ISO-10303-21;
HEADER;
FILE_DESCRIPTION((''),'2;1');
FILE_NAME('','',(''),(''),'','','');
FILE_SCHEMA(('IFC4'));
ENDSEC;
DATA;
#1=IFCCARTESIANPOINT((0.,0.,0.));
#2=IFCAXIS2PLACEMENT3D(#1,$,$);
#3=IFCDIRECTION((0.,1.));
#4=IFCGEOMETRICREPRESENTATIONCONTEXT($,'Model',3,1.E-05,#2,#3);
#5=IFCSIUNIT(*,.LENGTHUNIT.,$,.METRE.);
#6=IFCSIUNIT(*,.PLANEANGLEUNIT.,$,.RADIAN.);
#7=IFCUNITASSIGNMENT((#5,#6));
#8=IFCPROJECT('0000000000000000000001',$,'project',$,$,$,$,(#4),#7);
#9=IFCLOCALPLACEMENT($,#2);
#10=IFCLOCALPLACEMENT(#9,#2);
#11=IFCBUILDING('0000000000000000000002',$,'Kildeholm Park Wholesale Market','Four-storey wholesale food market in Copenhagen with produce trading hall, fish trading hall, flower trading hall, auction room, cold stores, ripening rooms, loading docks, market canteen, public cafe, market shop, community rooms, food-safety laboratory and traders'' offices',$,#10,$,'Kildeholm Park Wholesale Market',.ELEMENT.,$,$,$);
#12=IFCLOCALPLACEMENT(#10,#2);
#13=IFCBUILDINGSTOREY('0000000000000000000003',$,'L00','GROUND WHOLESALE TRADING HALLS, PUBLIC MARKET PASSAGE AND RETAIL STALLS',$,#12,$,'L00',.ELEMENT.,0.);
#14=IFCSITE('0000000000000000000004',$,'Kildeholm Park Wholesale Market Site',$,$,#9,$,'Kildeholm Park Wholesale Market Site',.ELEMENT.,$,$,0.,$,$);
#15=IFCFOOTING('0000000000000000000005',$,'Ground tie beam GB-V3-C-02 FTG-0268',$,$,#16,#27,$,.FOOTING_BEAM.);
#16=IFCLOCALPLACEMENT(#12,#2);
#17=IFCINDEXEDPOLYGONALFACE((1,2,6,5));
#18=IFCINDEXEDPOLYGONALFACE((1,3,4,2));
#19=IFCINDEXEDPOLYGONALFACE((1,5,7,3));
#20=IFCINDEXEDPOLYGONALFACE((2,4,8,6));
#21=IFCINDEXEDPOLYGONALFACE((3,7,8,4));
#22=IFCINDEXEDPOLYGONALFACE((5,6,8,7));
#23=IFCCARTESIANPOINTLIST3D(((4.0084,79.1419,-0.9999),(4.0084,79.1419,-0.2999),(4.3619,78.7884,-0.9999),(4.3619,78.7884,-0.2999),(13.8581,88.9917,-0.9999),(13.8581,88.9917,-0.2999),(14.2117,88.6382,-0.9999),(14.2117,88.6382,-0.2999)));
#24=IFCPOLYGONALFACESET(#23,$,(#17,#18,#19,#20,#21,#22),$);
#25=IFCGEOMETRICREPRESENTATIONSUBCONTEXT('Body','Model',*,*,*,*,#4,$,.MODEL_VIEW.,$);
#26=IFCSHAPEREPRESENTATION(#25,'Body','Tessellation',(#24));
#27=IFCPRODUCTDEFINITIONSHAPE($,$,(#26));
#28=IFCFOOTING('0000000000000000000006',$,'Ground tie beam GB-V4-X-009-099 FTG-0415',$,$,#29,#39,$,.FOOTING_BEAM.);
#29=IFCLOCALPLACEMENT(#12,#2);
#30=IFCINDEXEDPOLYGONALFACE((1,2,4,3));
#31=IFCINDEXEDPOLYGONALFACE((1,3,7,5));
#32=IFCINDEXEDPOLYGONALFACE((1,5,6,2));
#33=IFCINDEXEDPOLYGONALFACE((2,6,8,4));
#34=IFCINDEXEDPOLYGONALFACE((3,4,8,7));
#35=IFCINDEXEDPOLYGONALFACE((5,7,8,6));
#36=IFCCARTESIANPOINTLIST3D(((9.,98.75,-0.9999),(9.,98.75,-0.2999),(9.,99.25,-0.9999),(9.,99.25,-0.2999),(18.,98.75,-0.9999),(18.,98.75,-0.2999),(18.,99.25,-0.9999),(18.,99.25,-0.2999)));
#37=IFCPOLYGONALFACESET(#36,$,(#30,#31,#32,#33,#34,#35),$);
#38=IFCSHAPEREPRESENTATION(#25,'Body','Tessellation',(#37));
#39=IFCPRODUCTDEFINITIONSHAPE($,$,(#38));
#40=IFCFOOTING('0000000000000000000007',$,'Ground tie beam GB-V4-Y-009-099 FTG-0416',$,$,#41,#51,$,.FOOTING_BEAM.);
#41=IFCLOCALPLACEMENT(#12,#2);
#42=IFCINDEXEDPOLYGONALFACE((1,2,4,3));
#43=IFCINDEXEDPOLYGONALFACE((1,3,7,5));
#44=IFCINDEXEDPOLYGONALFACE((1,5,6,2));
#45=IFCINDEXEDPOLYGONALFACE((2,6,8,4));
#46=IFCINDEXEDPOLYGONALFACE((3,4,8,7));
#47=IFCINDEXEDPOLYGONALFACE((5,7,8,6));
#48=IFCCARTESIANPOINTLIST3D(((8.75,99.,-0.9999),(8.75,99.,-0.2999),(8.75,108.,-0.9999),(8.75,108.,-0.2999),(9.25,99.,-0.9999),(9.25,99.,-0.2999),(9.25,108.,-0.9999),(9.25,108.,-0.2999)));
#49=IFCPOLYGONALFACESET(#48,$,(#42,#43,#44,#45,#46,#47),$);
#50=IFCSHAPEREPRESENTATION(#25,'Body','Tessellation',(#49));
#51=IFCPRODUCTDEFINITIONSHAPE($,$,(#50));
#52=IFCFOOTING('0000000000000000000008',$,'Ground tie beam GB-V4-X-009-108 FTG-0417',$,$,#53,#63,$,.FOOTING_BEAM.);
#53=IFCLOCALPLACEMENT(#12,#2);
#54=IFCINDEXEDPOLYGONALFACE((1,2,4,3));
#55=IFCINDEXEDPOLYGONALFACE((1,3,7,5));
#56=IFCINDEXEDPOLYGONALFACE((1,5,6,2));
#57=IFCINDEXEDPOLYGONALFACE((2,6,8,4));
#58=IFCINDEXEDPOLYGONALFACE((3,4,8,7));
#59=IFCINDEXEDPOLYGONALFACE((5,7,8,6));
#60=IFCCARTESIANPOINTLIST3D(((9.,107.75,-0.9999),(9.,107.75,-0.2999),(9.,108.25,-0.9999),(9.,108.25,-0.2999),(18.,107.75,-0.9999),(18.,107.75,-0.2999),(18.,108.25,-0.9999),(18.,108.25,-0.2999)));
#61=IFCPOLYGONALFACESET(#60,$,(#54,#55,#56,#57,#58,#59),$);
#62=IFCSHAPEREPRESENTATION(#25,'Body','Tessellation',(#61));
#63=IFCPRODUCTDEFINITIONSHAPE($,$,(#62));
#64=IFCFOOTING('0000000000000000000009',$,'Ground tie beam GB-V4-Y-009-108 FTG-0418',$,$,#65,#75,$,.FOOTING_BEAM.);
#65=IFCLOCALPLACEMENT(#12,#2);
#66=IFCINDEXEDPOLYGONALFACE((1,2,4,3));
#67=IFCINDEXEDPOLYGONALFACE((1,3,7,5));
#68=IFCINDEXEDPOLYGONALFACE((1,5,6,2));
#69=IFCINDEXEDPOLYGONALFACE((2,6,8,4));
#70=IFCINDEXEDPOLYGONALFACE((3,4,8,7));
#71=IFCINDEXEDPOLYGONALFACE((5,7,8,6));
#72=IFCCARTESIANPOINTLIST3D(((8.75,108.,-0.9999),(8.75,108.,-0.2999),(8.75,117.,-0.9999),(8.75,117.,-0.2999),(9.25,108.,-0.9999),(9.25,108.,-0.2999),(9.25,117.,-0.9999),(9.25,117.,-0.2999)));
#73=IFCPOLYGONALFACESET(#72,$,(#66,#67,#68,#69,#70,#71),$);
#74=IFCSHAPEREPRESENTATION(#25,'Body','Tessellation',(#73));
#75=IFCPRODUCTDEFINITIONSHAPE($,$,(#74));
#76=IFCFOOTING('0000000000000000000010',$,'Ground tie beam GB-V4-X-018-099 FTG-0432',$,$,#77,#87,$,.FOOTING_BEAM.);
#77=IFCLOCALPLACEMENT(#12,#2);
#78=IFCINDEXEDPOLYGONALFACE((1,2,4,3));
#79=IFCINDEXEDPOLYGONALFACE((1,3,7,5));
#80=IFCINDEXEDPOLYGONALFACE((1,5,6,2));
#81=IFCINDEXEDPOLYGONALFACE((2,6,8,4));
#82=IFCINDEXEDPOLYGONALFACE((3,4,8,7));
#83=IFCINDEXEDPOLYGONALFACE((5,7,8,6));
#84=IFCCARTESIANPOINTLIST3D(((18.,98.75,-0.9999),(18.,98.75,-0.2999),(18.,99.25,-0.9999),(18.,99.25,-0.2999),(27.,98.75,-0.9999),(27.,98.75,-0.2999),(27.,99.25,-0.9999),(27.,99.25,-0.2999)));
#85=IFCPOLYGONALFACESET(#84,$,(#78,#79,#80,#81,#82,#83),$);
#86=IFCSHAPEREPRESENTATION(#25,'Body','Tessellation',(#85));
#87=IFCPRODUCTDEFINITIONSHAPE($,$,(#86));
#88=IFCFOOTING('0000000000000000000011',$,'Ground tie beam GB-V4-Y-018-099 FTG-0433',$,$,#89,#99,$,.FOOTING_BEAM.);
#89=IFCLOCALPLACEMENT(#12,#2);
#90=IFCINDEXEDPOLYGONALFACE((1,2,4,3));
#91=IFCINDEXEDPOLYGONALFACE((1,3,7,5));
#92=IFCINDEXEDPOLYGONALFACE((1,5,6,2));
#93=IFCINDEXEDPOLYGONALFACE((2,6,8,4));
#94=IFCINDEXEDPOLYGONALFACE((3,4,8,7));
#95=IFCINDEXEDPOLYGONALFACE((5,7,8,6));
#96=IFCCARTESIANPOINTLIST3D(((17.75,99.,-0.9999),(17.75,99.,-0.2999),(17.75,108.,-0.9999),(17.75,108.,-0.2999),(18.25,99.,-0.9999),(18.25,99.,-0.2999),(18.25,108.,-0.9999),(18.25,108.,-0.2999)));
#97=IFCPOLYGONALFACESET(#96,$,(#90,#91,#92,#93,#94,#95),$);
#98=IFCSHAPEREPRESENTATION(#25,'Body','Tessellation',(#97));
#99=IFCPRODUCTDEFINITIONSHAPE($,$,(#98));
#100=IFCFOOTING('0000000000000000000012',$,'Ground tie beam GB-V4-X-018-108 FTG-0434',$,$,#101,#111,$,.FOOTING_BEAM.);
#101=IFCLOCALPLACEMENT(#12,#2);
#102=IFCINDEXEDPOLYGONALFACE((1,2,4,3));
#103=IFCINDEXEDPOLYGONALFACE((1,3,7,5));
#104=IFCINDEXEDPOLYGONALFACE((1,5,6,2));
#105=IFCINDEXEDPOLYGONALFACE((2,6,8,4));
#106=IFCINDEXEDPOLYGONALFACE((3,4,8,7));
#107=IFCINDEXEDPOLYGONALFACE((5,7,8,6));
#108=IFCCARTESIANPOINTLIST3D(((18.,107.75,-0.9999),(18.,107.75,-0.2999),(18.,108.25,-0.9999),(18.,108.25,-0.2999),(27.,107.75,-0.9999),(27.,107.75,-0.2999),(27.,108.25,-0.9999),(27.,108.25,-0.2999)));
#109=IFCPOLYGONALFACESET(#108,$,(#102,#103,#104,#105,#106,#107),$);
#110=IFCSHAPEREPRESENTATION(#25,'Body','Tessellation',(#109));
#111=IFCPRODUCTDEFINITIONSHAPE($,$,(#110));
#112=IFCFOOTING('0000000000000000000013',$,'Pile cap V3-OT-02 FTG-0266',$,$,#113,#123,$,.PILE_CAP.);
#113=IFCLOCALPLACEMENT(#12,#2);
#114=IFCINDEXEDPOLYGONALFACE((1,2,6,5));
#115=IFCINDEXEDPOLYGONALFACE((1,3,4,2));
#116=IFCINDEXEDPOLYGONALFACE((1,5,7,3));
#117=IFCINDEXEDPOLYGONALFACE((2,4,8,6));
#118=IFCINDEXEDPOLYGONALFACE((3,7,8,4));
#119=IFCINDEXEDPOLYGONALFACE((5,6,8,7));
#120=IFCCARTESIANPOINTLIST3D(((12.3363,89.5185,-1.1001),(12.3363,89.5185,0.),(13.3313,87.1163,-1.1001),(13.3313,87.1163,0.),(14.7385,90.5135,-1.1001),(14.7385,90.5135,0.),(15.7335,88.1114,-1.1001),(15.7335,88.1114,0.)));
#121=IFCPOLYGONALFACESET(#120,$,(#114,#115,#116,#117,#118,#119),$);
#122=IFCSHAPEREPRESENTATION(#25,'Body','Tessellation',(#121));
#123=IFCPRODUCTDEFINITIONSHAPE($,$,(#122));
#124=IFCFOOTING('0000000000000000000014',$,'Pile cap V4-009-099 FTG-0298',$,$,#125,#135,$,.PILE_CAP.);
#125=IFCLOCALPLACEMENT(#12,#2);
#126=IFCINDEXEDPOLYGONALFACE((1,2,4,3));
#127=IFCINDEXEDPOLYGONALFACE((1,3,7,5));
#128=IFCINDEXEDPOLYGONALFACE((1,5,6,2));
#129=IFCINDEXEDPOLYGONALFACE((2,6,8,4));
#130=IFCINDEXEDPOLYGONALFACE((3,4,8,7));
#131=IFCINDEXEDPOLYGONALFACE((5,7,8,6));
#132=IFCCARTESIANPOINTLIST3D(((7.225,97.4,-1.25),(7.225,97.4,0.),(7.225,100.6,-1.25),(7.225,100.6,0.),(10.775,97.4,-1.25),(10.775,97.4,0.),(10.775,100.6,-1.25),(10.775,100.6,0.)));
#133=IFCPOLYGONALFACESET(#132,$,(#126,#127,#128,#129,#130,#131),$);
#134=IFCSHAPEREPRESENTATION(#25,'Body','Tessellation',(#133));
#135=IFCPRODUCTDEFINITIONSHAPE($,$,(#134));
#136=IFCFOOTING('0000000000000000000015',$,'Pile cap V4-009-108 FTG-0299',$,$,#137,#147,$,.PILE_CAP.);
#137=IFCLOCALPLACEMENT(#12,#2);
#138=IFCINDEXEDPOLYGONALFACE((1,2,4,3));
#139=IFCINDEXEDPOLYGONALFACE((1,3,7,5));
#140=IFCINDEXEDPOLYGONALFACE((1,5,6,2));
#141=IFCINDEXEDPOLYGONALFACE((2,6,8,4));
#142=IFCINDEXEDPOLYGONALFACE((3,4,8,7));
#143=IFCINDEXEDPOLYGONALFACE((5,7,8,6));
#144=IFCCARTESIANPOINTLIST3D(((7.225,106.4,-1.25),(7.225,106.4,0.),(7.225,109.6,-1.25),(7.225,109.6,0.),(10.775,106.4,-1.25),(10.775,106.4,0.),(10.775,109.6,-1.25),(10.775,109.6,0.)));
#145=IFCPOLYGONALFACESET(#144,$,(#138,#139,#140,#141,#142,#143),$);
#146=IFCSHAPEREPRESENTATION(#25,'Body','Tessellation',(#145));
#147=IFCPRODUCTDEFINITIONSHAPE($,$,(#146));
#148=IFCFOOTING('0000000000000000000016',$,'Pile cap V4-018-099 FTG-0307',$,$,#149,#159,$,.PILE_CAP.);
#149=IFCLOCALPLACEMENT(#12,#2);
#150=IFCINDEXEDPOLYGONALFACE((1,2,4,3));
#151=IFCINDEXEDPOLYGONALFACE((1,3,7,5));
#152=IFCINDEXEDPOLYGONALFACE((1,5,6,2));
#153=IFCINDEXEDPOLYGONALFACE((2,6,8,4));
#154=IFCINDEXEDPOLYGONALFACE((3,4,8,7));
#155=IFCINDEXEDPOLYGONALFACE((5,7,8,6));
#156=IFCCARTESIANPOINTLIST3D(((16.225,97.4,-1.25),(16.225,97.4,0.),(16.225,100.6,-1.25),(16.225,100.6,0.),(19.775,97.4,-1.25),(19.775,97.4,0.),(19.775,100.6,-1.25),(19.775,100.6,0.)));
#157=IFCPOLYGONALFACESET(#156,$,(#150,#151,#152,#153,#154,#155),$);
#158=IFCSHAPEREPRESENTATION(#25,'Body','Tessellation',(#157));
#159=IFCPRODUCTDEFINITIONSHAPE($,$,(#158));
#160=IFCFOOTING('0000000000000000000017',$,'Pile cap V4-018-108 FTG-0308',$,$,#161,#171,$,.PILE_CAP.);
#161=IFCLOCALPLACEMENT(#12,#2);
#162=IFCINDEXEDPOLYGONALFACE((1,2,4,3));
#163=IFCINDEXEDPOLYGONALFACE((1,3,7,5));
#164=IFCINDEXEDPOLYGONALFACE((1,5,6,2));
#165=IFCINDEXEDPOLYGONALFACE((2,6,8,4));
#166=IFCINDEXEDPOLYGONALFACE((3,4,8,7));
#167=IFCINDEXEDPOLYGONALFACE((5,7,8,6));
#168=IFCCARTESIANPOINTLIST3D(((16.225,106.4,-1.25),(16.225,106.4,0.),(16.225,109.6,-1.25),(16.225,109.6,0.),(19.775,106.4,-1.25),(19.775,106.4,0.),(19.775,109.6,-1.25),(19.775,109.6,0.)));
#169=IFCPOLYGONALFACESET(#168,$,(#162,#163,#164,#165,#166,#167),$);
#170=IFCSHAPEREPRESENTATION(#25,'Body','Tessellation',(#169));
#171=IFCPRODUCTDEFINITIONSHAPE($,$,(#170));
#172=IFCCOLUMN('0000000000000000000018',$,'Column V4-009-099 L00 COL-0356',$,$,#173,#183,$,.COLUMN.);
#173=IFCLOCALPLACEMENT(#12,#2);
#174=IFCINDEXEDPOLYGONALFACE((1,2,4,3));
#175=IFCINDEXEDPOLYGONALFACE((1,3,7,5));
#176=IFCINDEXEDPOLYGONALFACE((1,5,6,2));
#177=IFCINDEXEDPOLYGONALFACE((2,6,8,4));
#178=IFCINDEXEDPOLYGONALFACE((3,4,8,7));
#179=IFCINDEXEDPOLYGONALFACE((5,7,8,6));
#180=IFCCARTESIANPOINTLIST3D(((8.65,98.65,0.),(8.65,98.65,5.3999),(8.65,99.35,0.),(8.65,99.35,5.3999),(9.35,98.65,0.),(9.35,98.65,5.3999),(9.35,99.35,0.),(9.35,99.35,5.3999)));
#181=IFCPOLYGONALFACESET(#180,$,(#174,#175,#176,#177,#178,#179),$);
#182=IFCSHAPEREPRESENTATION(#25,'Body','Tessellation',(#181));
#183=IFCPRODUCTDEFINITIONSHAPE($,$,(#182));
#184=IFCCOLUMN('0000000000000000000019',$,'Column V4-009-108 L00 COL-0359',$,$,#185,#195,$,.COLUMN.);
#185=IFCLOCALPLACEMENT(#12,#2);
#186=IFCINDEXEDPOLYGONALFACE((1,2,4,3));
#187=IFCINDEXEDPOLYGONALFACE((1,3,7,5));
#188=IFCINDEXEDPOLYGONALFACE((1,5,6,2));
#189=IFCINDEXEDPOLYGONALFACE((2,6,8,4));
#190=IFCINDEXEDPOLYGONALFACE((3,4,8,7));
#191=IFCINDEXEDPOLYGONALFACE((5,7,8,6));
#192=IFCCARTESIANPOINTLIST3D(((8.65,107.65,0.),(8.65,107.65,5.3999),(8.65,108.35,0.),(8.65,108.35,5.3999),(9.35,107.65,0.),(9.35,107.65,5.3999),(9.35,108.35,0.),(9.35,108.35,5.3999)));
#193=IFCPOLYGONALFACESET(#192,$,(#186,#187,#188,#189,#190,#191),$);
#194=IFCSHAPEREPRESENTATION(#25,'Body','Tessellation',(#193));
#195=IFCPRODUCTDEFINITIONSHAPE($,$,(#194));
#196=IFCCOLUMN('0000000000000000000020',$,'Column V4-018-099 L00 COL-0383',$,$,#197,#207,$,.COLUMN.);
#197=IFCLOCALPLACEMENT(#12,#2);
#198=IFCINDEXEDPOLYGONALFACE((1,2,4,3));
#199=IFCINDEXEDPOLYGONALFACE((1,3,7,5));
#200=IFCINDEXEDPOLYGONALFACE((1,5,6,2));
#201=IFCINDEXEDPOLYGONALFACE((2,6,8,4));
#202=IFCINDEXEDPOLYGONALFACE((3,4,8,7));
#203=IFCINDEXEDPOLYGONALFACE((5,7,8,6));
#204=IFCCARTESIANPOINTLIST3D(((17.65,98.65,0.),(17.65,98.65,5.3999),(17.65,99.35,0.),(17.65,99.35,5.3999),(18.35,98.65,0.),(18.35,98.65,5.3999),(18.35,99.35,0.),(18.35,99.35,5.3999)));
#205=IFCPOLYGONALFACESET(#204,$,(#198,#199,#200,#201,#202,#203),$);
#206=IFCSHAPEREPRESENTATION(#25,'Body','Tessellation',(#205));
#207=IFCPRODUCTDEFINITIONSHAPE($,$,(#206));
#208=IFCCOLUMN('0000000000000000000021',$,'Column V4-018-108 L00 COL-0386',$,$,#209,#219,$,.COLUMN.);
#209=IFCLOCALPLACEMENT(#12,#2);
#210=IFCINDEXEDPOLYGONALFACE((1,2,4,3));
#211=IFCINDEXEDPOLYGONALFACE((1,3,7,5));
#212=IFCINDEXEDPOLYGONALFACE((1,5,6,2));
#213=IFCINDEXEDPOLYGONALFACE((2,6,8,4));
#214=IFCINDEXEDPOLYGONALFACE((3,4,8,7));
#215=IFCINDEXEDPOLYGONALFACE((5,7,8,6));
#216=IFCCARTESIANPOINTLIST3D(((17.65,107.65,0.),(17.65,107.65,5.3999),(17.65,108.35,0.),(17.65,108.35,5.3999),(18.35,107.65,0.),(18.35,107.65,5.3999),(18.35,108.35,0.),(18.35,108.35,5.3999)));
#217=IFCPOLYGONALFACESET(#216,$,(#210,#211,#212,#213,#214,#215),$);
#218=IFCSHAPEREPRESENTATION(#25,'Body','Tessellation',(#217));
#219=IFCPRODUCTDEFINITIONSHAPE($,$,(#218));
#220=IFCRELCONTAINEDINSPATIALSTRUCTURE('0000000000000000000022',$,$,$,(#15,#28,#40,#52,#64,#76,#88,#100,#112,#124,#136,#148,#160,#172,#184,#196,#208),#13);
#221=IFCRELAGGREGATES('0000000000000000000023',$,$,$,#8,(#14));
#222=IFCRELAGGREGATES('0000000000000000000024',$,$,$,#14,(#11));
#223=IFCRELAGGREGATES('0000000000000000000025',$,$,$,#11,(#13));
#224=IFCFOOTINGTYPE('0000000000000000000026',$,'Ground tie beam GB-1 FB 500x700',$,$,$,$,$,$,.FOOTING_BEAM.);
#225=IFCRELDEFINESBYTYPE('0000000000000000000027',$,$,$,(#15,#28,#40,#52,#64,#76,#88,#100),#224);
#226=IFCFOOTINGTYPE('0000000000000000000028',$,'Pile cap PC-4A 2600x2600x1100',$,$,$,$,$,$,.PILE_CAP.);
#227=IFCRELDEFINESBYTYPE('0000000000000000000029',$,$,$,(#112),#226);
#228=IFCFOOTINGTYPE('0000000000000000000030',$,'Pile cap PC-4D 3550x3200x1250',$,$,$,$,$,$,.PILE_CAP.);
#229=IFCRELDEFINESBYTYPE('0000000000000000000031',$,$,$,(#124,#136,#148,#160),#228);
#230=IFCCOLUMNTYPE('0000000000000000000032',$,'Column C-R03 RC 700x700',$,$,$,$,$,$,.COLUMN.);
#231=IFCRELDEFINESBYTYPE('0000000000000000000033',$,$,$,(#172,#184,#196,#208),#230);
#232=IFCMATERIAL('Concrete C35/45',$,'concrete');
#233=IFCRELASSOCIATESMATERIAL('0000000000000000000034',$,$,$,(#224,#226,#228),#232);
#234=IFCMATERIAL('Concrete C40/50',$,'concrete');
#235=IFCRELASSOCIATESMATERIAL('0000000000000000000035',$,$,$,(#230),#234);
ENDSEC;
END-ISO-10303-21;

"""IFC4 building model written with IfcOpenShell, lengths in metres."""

from ifc_helpers import new_model, si_unit, direction, frame, origin, origin_2d, place, context, subcontext, project, spatial, rectangle, extrude, material, material_profile, profile_set, type_object, element, save


model = new_model("IFC4")

# Units and contexts
model_context = context("Model", 3, precision=1e-05, world=origin(), true_north=direction((0.0, 1.0)))
body_context = subcontext(model_context, "Body", "Model", "MODEL_VIEW")
ifc_project = project(units=[si_unit("LENGTHUNIT", "METRE"), si_unit("PLANEANGLEUNIT", "RADIAN")], contexts=[model_context])

# Site, building, storey
site_placement = place(None, origin())
site = spatial("IfcSite", under=ifc_project, at=site_placement, Name="Kildeholm Park Wholesale Market Site", LongName="Kildeholm Park Wholesale Market Site", CompositionType="ELEMENT", RefElevation=0.0)
building_placement = place(site_placement, origin())
building = spatial("IfcBuilding", under=site, at=building_placement, Name="Kildeholm Park Wholesale Market", Description="Four-storey wholesale food market in Copenhagen with produce trading hall, fish trading hall, flower trading hall, auction room, cold stores, ripening rooms, loading docks, market canteen, public cafe, market shop, community rooms, food-safety laboratory and traders' offices", LongName="Kildeholm Park Wholesale Market", CompositionType="ELEMENT")
storey_placement = place(building_placement, origin())
storey = spatial("IfcBuildingStorey", under=building, at=storey_placement, Name="L00", Description="GROUND WHOLESALE TRADING HALLS, PUBLIC MARKET PASSAGE AND RETAIL STALLS", LongName="L00", CompositionType="ELEMENT", Elevation=0.0)

# Shared definitions
ifc_material_1 = material(Name="Concrete C35/45", Category="concrete")

# Footings
ifc_material_profile_1 = material_profile(ifc_material_1, rectangle(XDim=0.5, YDim=0.7, at=origin_2d()), Name="FB 500x700")
ifc_profile_set_1 = profile_set([ifc_material_profile_1], Name="Concrete C35/45")
footing_type_1 = type_object("IfcFootingType", Name="Ground tie beam GB-1 FB 500x700", PredefinedType="FOOTING_BEAM", material=ifc_profile_set_1)
footing_1_placement = place(storey_placement, frame((14.0349, 88.8149, -0.6499), z_axis=(-0.707107, -0.707107, 0.0), x_axis=(0.707107, -0.707107, 0.0)))
element("IfcFooting", 1, at=footing_1_placement, inside=storey, type_object=footing_type_1, Name="Ground tie beam GB-V3-C-02 FTG-0268", PredefinedType="FOOTING_BEAM", context=body_context, shape_type="SweptSolid", body=[
    extrude(rectangle(XDim=0.5, YDim=0.7, at=origin_2d()), origin(), (0.0, 0.0, 1.0), 13.9297),
])
for number, where, z_axis, x_axis, name in (
    (2, (9.0, 99.0, -0.6499), (1.0, 0.0, 0.0), (0.0, 1.0, 0.0), "Ground tie beam GB-V4-X-009-099 FTG-0415"),
    (3, (9.0, 99.0, -0.6499), (0.0, 1.0, 0.0), (-1.0, 0.0, 0.0), "Ground tie beam GB-V4-Y-009-099 FTG-0416"),
    (4, (9.0, 108.0, -0.6499), (1.0, 0.0, 0.0), (0.0, 1.0, 0.0), "Ground tie beam GB-V4-X-009-108 FTG-0417"),
    (5, (9.0, 108.0, -0.6499), (0.0, 1.0, 0.0), (-1.0, 0.0, 0.0), "Ground tie beam GB-V4-Y-009-108 FTG-0418"),
    (6, (18.0, 99.0, -0.6499), (1.0, 0.0, 0.0), (0.0, 1.0, 0.0), "Ground tie beam GB-V4-X-018-099 FTG-0432"),
    (7, (18.0, 99.0, -0.6499), (0.0, 1.0, 0.0), (-1.0, 0.0, 0.0), "Ground tie beam GB-V4-Y-018-099 FTG-0433"),
    (8, (18.0, 108.0, -0.6499), (1.0, 0.0, 0.0), (0.0, 1.0, 0.0), "Ground tie beam GB-V4-X-018-108 FTG-0434"),
):
    element("IfcFooting", number, at=place(storey_placement, frame(where, z_axis=z_axis, x_axis=x_axis)), inside=storey, type_object=footing_type_1, Name=name, PredefinedType="FOOTING_BEAM", context=body_context, shape_type="SweptSolid", body=[
        extrude(rectangle(XDim=0.5, YDim=0.7, at=origin_2d()), origin(), (0.0, 0.0, 1.0), 9.0),
    ])
footing_type_2 = type_object("IfcFootingType", Name="Pile cap PC-4A 2600x2600x1100", PredefinedType="PILE_CAP", material=ifc_material_1)
footing_2_placement = place(storey_placement, frame((14.0349, 88.8149, -1.1001), z_axis=(0.0, 0.0, 1.0), x_axis=(-0.382683, 0.92388, 0.0)))
element("IfcFooting", 9, at=footing_2_placement, inside=storey, type_object=footing_type_2, Name="Pile cap V3-OT-02 FTG-0266", PredefinedType="PILE_CAP", context=body_context, shape_type="SweptSolid", body=[
    extrude(rectangle(XDim=2.6001, YDim=2.6001, at=origin_2d()), origin(), (0.0, 0.0, 1.0), 1.1001),
])
footing_type_3 = type_object("IfcFootingType", Name="Pile cap PC-4D 3550x3200x1250", PredefinedType="PILE_CAP", material=ifc_material_1)
for number, where, z_axis, x_axis, name in (
    (10, (9.0, 99.0, -1.25), (0.0, 0.0, 1.0), (1.0, 0.0, 0.0), "Pile cap V4-009-099 FTG-0298"),
    (11, (9.0, 108.0, -1.25), (0.0, 0.0, 1.0), (1.0, 0.0, 0.0), "Pile cap V4-009-108 FTG-0299"),
    (12, (18.0, 99.0, -1.25), (0.0, 0.0, 1.0), (1.0, 0.0, 0.0), "Pile cap V4-018-099 FTG-0307"),
    (13, (18.0, 108.0, -1.25), (0.0, 0.0, 1.0), (1.0, 0.0, 0.0), "Pile cap V4-018-108 FTG-0308"),
):
    element("IfcFooting", number, at=place(storey_placement, frame(where, z_axis=z_axis, x_axis=x_axis)), inside=storey, type_object=footing_type_3, Name=name, PredefinedType="PILE_CAP", context=body_context, shape_type="SweptSolid", body=[
        extrude(rectangle(XDim=3.55, YDim=3.2, at=origin_2d()), origin(), (0.0, 0.0, 1.0), 1.25),
    ])

# Columns
ifc_material_2 = material(Name="Concrete C40/50", Category="concrete")
ifc_material_profile_2 = material_profile(ifc_material_2, rectangle(XDim=0.7, YDim=0.7, at=origin_2d()), Name="RC 700x700")
ifc_profile_set_2 = profile_set([ifc_material_profile_2], Name="Concrete C40/50")
column_type_1 = type_object("IfcColumnType", Name="Column C-R03 RC 700x700", PredefinedType="COLUMN", material=ifc_profile_set_2)
for number, where, z_axis, x_axis, name in (
    (14, (9.0, 99.0, 0.0), (0.0, 0.0, 1.0), (1.0, 0.0, 0.0), "Column V4-009-099 L00 COL-0356"),
    (15, (9.0, 108.0, 0.0), (0.0, 0.0, 1.0), (1.0, 0.0, 0.0), "Column V4-009-108 L00 COL-0359"),
    (16, (18.0, 99.0, 0.0), (0.0, 0.0, 1.0), (1.0, 0.0, 0.0), "Column V4-018-099 L00 COL-0383"),
    (17, (18.0, 108.0, 0.0), (0.0, 0.0, 1.0), (1.0, 0.0, 0.0), "Column V4-018-108 L00 COL-0386"),
):
    element("IfcColumn", number, at=place(storey_placement, frame(where, z_axis=z_axis, x_axis=x_axis)), inside=storey, type_object=column_type_1, Name=name, PredefinedType="COLUMN", context=body_context, shape_type="SweptSolid", body=[
        extrude(rectangle(XDim=0.7, YDim=0.7, at=origin_2d()), origin(), (0.0, 0.0, 1.0), 5.3999),
    ])

save(model, "model.ifc")
